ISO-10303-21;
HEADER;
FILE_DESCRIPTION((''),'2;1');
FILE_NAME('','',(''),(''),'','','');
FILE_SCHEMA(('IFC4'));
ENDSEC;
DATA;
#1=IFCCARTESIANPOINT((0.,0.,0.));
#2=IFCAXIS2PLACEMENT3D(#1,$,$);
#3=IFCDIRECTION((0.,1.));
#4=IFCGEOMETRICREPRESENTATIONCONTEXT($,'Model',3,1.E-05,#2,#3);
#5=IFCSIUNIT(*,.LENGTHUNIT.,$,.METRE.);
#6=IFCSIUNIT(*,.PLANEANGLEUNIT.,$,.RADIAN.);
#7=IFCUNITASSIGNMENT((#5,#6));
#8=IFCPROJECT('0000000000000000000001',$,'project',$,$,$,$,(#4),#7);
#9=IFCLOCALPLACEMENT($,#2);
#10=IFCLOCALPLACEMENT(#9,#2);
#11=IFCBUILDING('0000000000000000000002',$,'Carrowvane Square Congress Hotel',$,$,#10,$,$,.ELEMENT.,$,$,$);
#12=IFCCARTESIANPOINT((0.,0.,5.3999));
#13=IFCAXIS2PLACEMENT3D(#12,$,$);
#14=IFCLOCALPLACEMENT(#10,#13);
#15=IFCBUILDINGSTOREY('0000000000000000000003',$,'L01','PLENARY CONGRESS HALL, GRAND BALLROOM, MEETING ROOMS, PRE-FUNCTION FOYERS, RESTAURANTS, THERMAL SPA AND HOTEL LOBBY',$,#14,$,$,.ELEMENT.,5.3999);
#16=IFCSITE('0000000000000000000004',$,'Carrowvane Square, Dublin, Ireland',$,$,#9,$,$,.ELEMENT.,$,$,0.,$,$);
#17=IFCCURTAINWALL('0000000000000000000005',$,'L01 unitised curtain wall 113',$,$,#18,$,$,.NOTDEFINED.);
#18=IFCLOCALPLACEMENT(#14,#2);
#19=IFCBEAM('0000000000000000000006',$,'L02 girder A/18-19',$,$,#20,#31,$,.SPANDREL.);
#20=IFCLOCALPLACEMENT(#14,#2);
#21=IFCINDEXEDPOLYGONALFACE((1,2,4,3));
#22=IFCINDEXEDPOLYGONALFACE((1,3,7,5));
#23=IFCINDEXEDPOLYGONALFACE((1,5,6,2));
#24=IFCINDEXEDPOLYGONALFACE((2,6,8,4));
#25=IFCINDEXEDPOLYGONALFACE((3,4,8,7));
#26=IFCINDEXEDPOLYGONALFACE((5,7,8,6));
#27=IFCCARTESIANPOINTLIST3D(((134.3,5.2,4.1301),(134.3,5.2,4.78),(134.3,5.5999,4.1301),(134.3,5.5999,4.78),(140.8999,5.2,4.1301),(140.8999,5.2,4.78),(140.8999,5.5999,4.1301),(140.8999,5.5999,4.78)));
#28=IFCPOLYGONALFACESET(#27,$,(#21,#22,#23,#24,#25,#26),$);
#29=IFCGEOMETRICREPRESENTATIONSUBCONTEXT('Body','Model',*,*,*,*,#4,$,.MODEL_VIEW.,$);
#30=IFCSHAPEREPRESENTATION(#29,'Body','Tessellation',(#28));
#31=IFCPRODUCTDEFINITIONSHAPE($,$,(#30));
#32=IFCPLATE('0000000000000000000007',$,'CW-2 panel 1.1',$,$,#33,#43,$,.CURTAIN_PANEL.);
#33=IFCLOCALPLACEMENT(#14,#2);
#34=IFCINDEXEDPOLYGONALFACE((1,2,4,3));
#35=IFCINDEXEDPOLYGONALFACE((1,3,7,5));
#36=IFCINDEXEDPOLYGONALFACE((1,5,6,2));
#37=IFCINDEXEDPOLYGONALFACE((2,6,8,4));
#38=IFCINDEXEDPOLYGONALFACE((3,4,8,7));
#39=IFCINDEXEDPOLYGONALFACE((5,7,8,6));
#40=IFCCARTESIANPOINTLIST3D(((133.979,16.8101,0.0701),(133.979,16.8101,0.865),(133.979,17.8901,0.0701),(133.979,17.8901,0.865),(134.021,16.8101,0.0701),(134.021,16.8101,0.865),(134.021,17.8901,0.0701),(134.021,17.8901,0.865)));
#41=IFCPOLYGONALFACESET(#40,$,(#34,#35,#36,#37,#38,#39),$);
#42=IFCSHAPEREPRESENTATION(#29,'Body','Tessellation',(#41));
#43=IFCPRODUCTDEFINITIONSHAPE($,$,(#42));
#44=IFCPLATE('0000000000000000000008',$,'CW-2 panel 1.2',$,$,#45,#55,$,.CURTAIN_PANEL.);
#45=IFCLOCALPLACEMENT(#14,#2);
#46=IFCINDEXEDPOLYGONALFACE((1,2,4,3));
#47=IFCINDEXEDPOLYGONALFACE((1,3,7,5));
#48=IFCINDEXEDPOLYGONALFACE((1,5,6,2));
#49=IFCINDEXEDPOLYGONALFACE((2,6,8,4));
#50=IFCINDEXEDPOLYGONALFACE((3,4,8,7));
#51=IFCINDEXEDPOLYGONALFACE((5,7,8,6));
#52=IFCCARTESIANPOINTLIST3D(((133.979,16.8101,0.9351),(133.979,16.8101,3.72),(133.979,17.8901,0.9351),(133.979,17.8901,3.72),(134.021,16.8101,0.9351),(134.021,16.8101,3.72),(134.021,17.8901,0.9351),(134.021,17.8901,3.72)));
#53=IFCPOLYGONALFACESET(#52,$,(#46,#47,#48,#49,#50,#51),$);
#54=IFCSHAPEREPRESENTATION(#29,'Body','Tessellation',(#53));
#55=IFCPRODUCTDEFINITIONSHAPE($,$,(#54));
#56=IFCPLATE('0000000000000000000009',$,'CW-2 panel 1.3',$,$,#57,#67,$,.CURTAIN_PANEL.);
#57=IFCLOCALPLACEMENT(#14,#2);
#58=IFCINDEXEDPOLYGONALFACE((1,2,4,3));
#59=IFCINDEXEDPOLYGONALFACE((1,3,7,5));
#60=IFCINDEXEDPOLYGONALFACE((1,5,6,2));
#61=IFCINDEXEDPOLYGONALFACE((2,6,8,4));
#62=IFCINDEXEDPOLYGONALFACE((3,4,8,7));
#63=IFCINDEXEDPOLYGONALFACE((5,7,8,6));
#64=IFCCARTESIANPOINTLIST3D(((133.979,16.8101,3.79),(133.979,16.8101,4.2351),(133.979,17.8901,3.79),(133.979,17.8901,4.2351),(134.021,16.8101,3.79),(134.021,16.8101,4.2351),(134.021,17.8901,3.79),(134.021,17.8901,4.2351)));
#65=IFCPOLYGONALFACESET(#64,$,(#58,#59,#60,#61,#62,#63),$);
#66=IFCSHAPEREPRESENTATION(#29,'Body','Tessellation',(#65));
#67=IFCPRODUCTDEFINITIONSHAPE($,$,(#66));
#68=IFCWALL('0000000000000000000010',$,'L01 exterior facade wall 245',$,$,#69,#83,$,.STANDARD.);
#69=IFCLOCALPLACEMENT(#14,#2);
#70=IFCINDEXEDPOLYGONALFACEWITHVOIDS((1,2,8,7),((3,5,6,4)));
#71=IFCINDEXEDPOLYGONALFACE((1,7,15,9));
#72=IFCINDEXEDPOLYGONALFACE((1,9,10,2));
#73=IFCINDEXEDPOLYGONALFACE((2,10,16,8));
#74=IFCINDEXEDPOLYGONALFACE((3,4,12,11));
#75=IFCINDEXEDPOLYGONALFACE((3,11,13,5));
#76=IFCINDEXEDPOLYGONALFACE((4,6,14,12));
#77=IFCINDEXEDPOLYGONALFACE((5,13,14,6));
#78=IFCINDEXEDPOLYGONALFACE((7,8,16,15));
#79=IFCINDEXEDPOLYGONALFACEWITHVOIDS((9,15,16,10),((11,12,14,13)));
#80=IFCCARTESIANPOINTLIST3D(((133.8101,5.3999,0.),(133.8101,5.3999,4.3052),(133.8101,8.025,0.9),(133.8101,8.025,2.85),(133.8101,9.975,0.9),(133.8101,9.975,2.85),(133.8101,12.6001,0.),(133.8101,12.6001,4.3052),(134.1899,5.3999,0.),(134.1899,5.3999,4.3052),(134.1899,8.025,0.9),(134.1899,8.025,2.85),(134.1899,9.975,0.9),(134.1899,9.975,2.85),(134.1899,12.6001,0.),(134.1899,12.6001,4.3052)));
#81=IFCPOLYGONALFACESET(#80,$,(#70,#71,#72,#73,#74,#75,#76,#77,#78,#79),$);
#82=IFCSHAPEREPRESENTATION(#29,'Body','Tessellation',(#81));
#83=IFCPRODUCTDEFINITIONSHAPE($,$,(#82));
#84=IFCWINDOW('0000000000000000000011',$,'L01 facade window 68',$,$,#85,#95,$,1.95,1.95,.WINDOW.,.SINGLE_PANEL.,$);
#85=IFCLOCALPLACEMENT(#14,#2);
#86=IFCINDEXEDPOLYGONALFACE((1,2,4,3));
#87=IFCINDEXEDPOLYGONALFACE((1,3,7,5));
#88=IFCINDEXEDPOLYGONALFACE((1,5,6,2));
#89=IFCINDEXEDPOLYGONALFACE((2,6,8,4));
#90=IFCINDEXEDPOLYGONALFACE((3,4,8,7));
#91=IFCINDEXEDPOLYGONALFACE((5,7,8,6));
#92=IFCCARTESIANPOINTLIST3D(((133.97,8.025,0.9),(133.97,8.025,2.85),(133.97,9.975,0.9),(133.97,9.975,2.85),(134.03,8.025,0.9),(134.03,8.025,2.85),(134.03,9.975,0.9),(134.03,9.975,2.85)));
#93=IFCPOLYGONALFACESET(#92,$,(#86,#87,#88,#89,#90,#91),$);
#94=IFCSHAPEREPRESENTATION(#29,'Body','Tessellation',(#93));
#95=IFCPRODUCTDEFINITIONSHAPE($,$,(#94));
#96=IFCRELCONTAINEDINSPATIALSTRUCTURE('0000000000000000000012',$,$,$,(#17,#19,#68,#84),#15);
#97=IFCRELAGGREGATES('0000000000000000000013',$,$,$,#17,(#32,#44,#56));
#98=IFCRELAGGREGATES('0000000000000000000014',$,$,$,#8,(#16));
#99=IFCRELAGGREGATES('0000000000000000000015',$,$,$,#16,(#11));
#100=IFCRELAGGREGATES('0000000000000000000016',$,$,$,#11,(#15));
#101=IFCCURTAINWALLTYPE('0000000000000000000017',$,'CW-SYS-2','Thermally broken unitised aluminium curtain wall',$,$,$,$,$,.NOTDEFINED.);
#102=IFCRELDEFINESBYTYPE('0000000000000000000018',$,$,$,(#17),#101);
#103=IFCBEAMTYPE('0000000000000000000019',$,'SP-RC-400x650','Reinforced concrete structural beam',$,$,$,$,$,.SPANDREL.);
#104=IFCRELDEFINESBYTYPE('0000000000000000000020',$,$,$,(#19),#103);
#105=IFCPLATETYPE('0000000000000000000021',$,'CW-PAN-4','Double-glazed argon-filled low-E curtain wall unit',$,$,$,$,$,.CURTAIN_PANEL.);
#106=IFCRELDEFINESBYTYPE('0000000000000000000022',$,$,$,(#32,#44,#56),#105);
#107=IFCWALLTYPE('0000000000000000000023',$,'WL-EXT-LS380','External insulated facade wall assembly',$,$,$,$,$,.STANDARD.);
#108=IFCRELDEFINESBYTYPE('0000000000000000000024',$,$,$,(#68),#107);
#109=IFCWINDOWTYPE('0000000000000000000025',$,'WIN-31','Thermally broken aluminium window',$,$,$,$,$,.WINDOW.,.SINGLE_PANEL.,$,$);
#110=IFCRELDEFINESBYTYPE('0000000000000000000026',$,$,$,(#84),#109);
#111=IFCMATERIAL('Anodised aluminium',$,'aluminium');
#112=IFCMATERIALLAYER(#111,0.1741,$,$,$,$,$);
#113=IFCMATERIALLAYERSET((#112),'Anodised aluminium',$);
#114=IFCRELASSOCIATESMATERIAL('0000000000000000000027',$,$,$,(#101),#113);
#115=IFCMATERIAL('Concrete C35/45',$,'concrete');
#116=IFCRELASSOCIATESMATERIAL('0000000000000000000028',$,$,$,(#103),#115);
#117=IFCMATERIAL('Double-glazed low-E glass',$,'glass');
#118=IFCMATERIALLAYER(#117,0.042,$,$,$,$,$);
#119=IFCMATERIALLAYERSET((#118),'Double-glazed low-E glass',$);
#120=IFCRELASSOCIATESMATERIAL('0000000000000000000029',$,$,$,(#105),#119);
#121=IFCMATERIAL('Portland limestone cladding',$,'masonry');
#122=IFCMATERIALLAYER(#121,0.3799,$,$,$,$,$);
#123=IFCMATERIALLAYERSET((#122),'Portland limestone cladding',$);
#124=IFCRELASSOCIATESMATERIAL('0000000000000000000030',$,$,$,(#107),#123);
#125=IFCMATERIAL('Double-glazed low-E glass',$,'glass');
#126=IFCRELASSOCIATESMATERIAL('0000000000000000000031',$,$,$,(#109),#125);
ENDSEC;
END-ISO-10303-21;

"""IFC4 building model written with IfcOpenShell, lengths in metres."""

from ifc_helpers import new_model, si_unit, direction, frame, frame_2d, origin, origin_2d, place, context, subcontext, project, spatial, rectangle, extrude, material, layer, layer_set, material_profile, profile_set, type_object, element, fill, aggregate, save


model = new_model("IFC4")

# Units and contexts
model_context = context("Model", 3, precision=1e-05, world=origin(), true_north=direction((0.0, 1.0)))
body_context = subcontext(model_context, "Body", "Model", "MODEL_VIEW")
ifc_project = project(units=[si_unit("LENGTHUNIT", "METRE"), si_unit("PLANEANGLEUNIT", "RADIAN")], contexts=[model_context])

# Site, building, storey
site_placement = place(None, origin())
site = spatial("IfcSite", under=ifc_project, at=site_placement, Name="Carrowvane Square, Dublin, Ireland", CompositionType="ELEMENT", RefElevation=0.0)
building_placement = place(site_placement, origin())
building = spatial("IfcBuilding", under=site, at=building_placement, Name="Carrowvane Square Congress Hotel", CompositionType="ELEMENT")
storey_placement = place(building_placement, frame((0.0, 0.0, 5.3999)))
storey = spatial("IfcBuildingStorey", under=building, at=storey_placement, Name="L01", Description="PLENARY CONGRESS HALL, GRAND BALLROOM, MEETING ROOMS, PRE-FUNCTION FOYERS, RESTAURANTS, THERMAL SPA AND HOTEL LOBBY", CompositionType="ELEMENT", Elevation=5.3999)

# Curtain wall
ifc_material_1 = material(Name="Anodised aluminium", Category="aluminium")
ifc_layer_1 = layer(ifc_material_1, 0.1741)
ifc_layer_set_1 = layer_set([ifc_layer_1], Name="Anodised aluminium")
curtain_wall_type = type_object("IfcCurtainWallType", Name="CW-SYS-2", Description="Thermally broken unitised aluminium curtain wall", PredefinedType="NOTDEFINED", material=ifc_layer_set_1)
curtain_wall_placement = place(storey_placement, origin())
curtain_wall = element("IfcCurtainWall", 1, at=curtain_wall_placement, inside=storey, type_object=curtain_wall_type, Name="L01 unitised curtain wall 113", PredefinedType="NOTDEFINED")

# Beam
ifc_material_2 = material(Name="Concrete C35/45", Category="concrete")
ifc_material_profile_1 = material_profile(ifc_material_2, rectangle(XDim=0.3999, YDim=0.6499, at=origin_2d()), Name="RC 400x650")
ifc_profile_set_1 = profile_set([ifc_material_profile_1], Name="Concrete C35/45")
beam_type_1 = type_object("IfcBeamType", Name="SP-RC-400x650", Description="Reinforced concrete structural beam", PredefinedType="SPANDREL", material=ifc_profile_set_1)
beam_1_placement = place(storey_placement, frame((134.3, 5.3999, 4.4551), z_axis=(1.0, 0.0, 0.0), x_axis=(0.0, 1.0, 0.0)))
element("IfcBeam", 2, at=beam_1_placement, inside=storey, type_object=beam_type_1, Name="L02 girder A/18-19", PredefinedType="SPANDREL", context=body_context, shape_type="SweptSolid", body=[
    extrude(rectangle(XDim=0.3999, YDim=0.6499, at=origin_2d()), origin(), (0.0, 0.0, 1.0), 6.5999),
])

# Plates
ifc_material_3 = material(Name="Double-glazed low-E glass", Category="glass")
ifc_layer_2 = layer(ifc_material_3, 0.042)
ifc_layer_set_2 = layer_set([ifc_layer_2], Name="Double-glazed low-E glass")
plate_type = type_object("IfcPlateType", Name="CW-PAN-4", Description="Double-glazed argon-filled low-E curtain wall unit", PredefinedType="CURTAIN_PANEL", material=ifc_layer_set_2)
plate_1_placement = place(storey_placement, frame((134.0, 17.3501, 0.0701), z_axis=(0.0, 0.0, 1.0), x_axis=(0.0, 1.0, 0.0)))
plate_1 = element("IfcPlate", 3, at=plate_1_placement, type_object=plate_type, Name="CW-2 panel 1.1", PredefinedType="CURTAIN_PANEL", context=body_context, shape_type="SweptSolid", body=[
    extrude(rectangle(XDim=1.0801, YDim=0.042, at=origin_2d()), origin(), (0.0, 0.0, 1.0), 0.7949),
])
plate_2_placement = place(storey_placement, frame((134.0, 17.3501, 0.9351), z_axis=(0.0, 0.0, 1.0), x_axis=(0.0, 1.0, 0.0)))
plate_2 = element("IfcPlate", 4, at=plate_2_placement, type_object=plate_type, Name="CW-2 panel 1.2", PredefinedType="CURTAIN_PANEL", context=body_context, shape_type="SweptSolid", body=[
    extrude(rectangle(XDim=1.0801, YDim=0.042, at=origin_2d()), origin(), (0.0, 0.0, 1.0), 2.7849),
])
plate_3_placement = place(storey_placement, frame((134.0, 17.3501, 3.79), z_axis=(0.0, 0.0, 1.0), x_axis=(0.0, 1.0, 0.0)))
plate_3 = element("IfcPlate", 5, at=plate_3_placement, type_object=plate_type, Name="CW-2 panel 1.3", PredefinedType="CURTAIN_PANEL", context=body_context, shape_type="SweptSolid", body=[
    extrude(rectangle(XDim=1.0801, YDim=0.042, at=origin_2d()), origin(), (0.0, 0.0, 1.0), 0.4451),
])
aggregate(curtain_wall, [plate_1, plate_2, plate_3])

# Wall, opening, window
ifc_material_4 = material(Name="Portland limestone cladding", Category="masonry")
ifc_layer_3 = layer(ifc_material_4, 0.3799)
ifc_layer_set_3 = layer_set([ifc_layer_3], Name="Portland limestone cladding")
wall_type = type_object("IfcWallType", Name="WL-EXT-LS380", Description="External insulated facade wall assembly", PredefinedType="STANDARD", material=ifc_layer_set_3)
wall_placement = place(storey_placement, frame((134.0, 5.3999, 0.0), z_axis=(0.0, 0.0, 1.0), x_axis=(0.0, 1.0, 0.0)))
wall = element("IfcWall", 6, at=wall_placement, inside=storey, type_object=wall_type, Name="L01 exterior facade wall 245", PredefinedType="STANDARD", context=body_context, shape_type="SweptSolid", body=[
    extrude(rectangle(XDim=7.2002, YDim=0.3799, at=frame_2d((3.6001, 0.0))), origin(), (0.0, 0.0, 1.0), 4.3052),
])
opening_placement = place(wall_placement, frame((2.625, 0.0, 0.8999)))
opening = element("IfcOpeningElement", 7, at=opening_placement, cuts=wall, PredefinedType="OPENING", context=body_context, shape_type="SweptSolid", body=[
    extrude(rectangle(XDim=1.95, YDim=1.95, at=frame_2d((0.9751, 0.9751))), frame((0.0, 0.2, 0.0), z_axis=(0.0, -1.0, 0.0), x_axis=(1.0, 0.0, 0.0)), (0.0, 0.0, 1.0), 0.3999),
])
ifc_material_5 = material(Name="Double-glazed low-E glass", Category="glass")
window_type = type_object("IfcWindowType", Name="WIN-31", Description="Thermally broken aluminium window", PartitioningType="SINGLE_PANEL", PredefinedType="WINDOW", material=ifc_material_5)
window_placement = place(opening_placement, origin())
window = element("IfcWindow", 8, at=window_placement, inside=storey, type_object=window_type, Name="L01 facade window 68", OverallHeight=1.95, OverallWidth=1.95, PartitioningType="SINGLE_PANEL", PredefinedType="WINDOW", context=body_context, shape_type="SweptSolid", body=[
    extrude(rectangle(XDim=1.95, YDim=1.95, at=frame_2d((0.9751, 0.9751))), frame((0.0, 0.03, 0.0), z_axis=(0.0, -1.0, 0.0), x_axis=(1.0, 0.0, 0.0)), (0.0, 0.0, 1.0), 0.0601),
])
fill(opening, window)

save(model, "model.ifc")
